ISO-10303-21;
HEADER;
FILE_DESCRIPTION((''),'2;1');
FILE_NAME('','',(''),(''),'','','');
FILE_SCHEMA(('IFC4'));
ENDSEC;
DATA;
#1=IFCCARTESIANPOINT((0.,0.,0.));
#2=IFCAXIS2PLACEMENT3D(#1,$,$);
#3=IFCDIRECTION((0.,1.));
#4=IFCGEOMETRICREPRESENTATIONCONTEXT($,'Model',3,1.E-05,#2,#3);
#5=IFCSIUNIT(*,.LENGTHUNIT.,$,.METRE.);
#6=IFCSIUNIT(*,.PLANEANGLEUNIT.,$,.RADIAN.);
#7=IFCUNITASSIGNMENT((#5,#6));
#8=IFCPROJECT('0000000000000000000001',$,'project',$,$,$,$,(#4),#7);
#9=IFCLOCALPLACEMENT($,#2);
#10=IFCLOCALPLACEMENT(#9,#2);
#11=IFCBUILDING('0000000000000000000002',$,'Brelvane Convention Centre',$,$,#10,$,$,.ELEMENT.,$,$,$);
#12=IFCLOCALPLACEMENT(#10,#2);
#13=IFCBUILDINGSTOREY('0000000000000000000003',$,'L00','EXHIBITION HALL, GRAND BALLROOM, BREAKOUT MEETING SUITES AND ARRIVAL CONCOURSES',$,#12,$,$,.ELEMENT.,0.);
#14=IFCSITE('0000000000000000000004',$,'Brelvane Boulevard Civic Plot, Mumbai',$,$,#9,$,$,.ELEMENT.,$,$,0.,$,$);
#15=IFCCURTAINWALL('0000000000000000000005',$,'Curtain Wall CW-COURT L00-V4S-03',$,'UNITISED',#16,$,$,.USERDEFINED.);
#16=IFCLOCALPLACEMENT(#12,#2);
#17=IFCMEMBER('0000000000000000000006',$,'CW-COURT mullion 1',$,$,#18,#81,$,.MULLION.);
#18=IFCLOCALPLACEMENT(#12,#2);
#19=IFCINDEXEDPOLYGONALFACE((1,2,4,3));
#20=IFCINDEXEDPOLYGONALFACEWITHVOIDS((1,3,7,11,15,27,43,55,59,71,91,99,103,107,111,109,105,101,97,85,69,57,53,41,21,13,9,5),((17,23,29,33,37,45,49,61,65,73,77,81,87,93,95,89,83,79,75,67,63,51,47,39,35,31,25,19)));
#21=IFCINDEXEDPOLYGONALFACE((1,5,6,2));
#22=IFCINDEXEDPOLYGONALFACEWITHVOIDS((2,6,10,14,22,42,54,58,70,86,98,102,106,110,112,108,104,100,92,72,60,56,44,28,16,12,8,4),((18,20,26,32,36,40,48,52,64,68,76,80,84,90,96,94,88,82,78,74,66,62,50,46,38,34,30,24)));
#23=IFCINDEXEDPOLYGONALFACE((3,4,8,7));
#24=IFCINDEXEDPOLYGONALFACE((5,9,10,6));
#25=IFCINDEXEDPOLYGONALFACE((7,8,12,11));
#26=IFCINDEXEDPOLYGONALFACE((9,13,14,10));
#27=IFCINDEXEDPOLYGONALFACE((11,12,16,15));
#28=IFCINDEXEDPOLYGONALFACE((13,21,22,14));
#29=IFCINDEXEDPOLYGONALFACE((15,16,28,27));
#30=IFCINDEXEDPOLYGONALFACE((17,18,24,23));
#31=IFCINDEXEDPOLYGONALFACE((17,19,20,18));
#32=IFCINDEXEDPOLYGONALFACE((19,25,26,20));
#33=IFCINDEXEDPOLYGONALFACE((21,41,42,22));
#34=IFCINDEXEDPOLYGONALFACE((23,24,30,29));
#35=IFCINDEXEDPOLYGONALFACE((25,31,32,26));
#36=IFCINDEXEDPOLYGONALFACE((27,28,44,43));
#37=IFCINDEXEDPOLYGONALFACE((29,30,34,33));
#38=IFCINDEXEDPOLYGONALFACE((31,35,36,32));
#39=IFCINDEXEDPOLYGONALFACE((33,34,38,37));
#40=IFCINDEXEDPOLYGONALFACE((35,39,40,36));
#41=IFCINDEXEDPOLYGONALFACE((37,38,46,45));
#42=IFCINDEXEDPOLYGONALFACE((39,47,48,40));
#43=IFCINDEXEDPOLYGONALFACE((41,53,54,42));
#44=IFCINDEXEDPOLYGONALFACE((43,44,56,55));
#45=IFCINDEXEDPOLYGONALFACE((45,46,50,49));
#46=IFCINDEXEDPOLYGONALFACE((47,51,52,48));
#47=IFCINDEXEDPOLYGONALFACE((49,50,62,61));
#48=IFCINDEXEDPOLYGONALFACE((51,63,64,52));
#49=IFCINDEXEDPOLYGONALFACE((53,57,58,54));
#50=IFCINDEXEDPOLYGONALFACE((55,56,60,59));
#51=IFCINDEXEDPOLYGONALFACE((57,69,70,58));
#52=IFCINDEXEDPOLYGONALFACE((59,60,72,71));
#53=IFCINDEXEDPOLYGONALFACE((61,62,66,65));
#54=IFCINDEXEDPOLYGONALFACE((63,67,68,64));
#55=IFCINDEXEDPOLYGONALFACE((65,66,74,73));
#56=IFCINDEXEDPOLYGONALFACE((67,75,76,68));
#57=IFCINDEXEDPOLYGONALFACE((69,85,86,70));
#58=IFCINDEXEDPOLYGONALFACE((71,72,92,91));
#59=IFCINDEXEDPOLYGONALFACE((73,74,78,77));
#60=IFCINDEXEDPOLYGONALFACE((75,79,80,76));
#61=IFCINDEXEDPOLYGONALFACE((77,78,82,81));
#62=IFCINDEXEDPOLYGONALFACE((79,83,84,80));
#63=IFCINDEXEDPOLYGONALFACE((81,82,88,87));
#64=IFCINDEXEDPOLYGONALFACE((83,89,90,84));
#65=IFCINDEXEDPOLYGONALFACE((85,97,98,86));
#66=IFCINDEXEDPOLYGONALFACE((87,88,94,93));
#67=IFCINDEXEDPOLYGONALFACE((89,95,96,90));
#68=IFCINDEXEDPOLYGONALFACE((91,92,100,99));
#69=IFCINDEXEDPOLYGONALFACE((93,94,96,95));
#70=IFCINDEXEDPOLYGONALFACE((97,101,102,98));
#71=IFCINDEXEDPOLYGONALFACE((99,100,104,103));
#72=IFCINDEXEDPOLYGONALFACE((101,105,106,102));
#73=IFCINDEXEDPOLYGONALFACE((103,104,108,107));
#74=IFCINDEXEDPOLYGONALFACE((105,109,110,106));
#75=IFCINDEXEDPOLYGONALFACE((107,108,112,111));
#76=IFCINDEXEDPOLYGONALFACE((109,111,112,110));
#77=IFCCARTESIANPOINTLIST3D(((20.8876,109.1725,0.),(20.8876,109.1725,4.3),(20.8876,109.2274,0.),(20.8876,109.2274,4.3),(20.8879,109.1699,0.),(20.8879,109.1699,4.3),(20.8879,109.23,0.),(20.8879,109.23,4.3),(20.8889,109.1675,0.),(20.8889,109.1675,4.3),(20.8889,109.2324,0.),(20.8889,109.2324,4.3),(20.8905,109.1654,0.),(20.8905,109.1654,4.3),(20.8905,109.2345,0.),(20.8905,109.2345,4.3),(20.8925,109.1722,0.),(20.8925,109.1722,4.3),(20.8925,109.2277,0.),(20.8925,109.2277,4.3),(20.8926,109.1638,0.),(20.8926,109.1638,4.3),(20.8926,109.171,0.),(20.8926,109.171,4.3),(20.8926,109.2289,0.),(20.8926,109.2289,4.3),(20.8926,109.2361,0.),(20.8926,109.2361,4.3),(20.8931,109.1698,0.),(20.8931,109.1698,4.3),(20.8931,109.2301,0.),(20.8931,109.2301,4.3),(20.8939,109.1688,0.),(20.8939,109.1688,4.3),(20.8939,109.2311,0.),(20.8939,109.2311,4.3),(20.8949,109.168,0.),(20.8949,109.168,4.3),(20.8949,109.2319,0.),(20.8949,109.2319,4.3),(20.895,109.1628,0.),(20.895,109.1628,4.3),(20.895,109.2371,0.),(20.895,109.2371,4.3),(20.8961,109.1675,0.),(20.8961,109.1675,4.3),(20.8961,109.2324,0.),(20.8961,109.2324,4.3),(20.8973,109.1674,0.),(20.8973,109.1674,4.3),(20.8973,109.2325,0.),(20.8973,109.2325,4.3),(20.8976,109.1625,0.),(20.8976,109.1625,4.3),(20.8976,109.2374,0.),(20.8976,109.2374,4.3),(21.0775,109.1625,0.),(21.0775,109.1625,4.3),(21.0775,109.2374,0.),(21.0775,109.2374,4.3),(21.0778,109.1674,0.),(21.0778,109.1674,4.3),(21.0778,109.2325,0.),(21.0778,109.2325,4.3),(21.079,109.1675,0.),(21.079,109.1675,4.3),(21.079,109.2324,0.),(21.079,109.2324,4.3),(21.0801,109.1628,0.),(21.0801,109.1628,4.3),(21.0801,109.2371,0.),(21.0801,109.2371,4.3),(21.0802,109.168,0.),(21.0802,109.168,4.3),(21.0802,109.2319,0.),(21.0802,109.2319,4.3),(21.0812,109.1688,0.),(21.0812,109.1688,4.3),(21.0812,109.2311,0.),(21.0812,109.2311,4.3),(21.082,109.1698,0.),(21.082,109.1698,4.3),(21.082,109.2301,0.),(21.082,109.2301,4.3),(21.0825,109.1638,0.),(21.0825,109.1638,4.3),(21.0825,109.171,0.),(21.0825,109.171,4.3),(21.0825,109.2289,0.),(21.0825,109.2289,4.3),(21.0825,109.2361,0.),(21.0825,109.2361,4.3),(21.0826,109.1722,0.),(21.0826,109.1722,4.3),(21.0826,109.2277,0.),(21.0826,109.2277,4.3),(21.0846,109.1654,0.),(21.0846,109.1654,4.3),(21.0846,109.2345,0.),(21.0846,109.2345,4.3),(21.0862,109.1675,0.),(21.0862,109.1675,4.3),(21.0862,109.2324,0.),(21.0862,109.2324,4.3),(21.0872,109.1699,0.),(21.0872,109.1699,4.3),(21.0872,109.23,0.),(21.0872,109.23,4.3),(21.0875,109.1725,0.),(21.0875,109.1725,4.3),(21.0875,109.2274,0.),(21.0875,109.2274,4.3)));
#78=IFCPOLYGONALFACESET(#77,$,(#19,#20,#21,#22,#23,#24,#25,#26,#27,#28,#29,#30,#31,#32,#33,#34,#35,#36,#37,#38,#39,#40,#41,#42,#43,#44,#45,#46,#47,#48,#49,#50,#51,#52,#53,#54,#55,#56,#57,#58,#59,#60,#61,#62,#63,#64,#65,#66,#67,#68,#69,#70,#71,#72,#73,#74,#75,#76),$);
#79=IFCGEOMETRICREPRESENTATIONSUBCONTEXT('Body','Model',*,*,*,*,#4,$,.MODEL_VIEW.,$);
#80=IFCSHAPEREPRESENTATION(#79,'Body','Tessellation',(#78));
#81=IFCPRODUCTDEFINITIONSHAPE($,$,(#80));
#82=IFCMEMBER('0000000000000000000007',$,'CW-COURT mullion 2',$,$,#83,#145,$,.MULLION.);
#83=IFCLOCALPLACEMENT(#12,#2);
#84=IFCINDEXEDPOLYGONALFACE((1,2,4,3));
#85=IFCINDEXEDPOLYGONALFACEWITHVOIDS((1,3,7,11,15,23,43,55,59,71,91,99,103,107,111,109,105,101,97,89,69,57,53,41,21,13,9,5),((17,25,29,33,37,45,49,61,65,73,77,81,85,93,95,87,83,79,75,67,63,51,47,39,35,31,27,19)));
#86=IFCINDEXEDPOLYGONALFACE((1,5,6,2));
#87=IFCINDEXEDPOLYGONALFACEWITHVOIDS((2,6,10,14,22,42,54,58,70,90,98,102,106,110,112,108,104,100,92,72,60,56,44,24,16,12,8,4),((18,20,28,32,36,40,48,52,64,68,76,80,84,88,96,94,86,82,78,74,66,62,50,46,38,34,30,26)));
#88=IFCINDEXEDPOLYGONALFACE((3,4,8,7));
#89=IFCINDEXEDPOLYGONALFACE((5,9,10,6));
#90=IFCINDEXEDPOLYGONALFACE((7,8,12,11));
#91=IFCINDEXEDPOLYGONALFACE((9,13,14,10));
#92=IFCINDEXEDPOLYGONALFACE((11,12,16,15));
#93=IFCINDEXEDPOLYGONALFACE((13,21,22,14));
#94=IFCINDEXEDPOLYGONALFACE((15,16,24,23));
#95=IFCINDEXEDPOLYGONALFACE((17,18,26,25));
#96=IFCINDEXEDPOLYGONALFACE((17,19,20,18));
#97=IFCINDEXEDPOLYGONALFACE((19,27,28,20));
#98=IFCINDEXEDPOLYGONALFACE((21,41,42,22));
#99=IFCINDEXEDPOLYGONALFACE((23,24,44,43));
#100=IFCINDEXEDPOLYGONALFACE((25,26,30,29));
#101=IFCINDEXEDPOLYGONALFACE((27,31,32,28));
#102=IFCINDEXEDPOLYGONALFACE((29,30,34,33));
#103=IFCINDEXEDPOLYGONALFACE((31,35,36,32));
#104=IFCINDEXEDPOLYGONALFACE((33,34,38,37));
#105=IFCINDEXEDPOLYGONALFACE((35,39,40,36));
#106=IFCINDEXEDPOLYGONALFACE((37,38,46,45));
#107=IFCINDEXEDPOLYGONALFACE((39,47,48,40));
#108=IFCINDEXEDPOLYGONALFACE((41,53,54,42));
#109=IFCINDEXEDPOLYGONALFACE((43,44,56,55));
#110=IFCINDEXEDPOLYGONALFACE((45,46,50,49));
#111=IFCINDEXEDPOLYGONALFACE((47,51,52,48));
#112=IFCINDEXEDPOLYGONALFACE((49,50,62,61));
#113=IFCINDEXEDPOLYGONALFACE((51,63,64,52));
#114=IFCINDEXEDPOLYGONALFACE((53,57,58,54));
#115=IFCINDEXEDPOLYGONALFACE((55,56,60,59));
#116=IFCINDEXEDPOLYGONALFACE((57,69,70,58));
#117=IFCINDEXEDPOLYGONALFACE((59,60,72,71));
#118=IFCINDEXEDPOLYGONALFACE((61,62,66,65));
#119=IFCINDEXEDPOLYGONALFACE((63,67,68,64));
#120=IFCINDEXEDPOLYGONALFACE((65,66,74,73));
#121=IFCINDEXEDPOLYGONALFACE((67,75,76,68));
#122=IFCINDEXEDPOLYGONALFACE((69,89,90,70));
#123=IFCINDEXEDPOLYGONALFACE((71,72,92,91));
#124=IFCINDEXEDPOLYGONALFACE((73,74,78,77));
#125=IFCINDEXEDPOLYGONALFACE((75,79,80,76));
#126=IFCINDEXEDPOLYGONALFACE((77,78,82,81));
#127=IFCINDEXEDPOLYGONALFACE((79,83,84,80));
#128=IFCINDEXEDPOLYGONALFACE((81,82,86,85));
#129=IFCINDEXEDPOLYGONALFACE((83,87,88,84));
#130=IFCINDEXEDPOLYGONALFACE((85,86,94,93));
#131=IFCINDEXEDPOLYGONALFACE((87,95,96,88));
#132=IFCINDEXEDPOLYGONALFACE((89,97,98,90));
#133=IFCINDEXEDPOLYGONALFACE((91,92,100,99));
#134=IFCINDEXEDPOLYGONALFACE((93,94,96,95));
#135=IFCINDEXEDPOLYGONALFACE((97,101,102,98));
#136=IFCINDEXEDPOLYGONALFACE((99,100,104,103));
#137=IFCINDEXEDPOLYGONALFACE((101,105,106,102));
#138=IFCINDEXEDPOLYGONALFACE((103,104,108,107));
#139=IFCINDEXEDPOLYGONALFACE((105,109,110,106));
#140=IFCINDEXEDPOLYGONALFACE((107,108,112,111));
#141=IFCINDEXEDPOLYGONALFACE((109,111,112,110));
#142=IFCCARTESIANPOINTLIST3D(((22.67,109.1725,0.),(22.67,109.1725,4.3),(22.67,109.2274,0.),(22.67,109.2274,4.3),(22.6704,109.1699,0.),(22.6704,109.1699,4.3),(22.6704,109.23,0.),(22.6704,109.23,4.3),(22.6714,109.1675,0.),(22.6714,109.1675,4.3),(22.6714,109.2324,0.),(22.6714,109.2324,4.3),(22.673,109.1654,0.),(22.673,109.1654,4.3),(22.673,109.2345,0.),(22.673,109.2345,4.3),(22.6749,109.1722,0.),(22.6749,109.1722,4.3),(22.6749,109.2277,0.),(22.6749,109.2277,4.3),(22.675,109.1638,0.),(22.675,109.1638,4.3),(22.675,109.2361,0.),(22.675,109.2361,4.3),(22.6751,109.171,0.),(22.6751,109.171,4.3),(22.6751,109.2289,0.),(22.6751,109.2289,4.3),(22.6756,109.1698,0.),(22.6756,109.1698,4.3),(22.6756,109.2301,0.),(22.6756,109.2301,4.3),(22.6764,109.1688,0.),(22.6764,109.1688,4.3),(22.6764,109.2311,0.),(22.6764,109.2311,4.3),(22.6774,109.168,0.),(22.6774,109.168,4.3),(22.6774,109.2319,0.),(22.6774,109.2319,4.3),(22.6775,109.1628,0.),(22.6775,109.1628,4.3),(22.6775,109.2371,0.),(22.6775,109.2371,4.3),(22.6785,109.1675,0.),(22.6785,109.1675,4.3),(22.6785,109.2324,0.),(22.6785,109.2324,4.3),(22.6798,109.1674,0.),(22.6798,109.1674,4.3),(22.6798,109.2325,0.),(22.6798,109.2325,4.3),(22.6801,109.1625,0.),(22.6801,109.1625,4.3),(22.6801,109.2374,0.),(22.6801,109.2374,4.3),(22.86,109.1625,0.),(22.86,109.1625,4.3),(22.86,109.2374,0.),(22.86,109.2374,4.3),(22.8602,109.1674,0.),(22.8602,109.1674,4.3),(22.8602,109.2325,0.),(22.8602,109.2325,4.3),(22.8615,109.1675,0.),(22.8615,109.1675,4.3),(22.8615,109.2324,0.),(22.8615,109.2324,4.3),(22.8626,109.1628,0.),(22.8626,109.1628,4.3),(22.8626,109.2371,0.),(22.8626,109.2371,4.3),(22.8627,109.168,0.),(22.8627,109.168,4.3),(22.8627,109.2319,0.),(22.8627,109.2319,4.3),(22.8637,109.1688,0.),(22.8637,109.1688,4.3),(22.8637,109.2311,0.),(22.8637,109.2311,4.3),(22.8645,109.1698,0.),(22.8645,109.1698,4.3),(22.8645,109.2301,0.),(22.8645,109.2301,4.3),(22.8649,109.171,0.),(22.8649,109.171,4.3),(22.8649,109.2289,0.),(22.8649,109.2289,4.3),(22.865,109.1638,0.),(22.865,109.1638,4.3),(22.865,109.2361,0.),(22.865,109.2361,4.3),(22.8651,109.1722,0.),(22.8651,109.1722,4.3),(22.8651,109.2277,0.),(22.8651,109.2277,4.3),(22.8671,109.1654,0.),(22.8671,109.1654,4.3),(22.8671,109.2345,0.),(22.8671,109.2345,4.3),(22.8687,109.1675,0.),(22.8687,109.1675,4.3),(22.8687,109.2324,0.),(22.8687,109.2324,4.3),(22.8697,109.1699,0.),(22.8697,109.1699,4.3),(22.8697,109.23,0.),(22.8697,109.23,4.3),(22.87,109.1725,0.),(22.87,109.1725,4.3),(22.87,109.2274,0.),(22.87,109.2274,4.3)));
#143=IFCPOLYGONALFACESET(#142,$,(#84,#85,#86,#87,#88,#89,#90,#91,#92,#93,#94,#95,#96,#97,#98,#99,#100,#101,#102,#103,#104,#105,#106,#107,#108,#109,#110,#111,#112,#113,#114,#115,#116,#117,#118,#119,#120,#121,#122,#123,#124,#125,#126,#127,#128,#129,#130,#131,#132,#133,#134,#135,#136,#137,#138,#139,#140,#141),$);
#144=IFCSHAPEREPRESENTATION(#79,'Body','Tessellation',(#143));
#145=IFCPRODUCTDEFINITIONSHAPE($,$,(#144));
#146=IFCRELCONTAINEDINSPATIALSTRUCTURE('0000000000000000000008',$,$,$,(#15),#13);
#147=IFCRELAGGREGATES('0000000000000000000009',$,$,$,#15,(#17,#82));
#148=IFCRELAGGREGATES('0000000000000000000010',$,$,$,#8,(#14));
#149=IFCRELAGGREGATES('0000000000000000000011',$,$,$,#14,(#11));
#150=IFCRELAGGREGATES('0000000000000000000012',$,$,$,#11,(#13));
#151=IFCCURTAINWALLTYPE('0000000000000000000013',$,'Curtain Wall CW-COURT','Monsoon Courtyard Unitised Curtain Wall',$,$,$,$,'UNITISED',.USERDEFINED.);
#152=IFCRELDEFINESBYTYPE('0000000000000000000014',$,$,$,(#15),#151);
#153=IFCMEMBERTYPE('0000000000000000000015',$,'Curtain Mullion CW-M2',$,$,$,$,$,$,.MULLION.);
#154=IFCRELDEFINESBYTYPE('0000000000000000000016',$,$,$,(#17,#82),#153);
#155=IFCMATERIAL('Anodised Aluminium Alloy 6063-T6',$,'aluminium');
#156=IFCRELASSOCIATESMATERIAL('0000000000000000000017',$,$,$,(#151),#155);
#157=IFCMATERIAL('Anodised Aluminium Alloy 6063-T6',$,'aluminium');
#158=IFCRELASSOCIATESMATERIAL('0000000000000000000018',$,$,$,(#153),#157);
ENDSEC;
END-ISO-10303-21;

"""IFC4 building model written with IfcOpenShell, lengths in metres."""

from ifc_helpers import new_model, si_unit, direction, frame, origin, origin_2d, place, context, subcontext, project, spatial, hollow_rectangle, extrude, material, material_profile, profile_set, type_object, element, aggregate, save


model = new_model("IFC4")

# Units and contexts
model_context = context("Model", 3, precision=1e-05, world=origin(), true_north=direction((0.0, 1.0)))
body_context = subcontext(model_context, "Body", "Model", "MODEL_VIEW")
ifc_project = project(units=[si_unit("LENGTHUNIT", "METRE"), si_unit("PLANEANGLEUNIT", "RADIAN")], contexts=[model_context])

# Site, building, storey
site_placement = place(None, origin())
site = spatial("IfcSite", under=ifc_project, at=site_placement, Name="Brelvane Boulevard Civic Plot, Mumbai", CompositionType="ELEMENT", RefElevation=0.0)
building_placement = place(site_placement, origin())
building = spatial("IfcBuilding", under=site, at=building_placement, Name="Brelvane Convention Centre", CompositionType="ELEMENT")
storey_placement = place(building_placement, origin())
storey = spatial("IfcBuildingStorey", under=building, at=storey_placement, Name="L00", Description="EXHIBITION HALL, GRAND BALLROOM, BREAKOUT MEETING SUITES AND ARRIVAL CONCOURSES", CompositionType="ELEMENT", Elevation=0.0)

# Curtain wall, members
ifc_material_1 = material(Name="Anodised Aluminium Alloy 6063-T6", Category="aluminium")
curtain_wall_type = type_object("IfcCurtainWallType", Name="Curtain Wall CW-COURT", Description="Monsoon Courtyard Unitised Curtain Wall", ElementType="UNITISED", PredefinedType="USERDEFINED", material=ifc_material_1)
curtain_wall_placement = place(storey_placement, origin())
curtain_wall = element("IfcCurtainWall", 1, at=curtain_wall_placement, inside=storey, type_object=curtain_wall_type, Name="Curtain Wall CW-COURT L00-V4S-03", ObjectType="UNITISED", PredefinedType="USERDEFINED")
ifc_material_2 = material(Name="Anodised Aluminium Alloy 6063-T6", Category="aluminium")
ifc_material_profile_1 = material_profile(ifc_material_2, hollow_rectangle(XDim=0.075, YDim=0.2, WallThickness=0.0049, InnerFilletRadius=0.0049, OuterFilletRadius=0.01, at=origin_2d()), Name="ALU-M 200x75x5.0")
ifc_profile_set_1 = profile_set([ifc_material_profile_1], Name="Anodised Aluminium Alloy 6063-T6")
member_type_1 = type_object("IfcMemberType", Name="Curtain Mullion CW-M2", PredefinedType="MULLION", material=ifc_profile_set_1)
member_1_placement = place(storey_placement, frame((20.9875, 109.2, 0.0), z_axis=(0.0, 0.0, 1.0), x_axis=(0.0, 1.0, 0.0)))
member_1 = element("IfcMember", 2, at=member_1_placement, type_object=member_type_1, Name="CW-COURT mullion 1", PredefinedType="MULLION", context=body_context, shape_type="SweptSolid", body=[
    extrude(hollow_rectangle(XDim=0.075, YDim=0.2, WallThickness=0.0049, InnerFilletRadius=0.0049, OuterFilletRadius=0.01, at=origin_2d()), origin(), (0.0, 0.0, 1.0), 4.3),
])
member_2_placement = place(storey_placement, frame((22.77, 109.2, 0.0), z_axis=(0.0, 0.0, 1.0), x_axis=(0.0, 1.0, 0.0)))
member_2 = element("IfcMember", 3, at=member_2_placement, type_object=member_type_1, Name="CW-COURT mullion 2", PredefinedType="MULLION", context=body_context, shape_type="SweptSolid", body=[
    extrude(hollow_rectangle(XDim=0.075, YDim=0.2, WallThickness=0.0049, InnerFilletRadius=0.0049, OuterFilletRadius=0.01, at=origin_2d()), origin(), (0.0, 0.0, 1.0), 4.3),
])

aggregate(curtain_wall, [member_1, member_2])

save(model, "model.ifc")
